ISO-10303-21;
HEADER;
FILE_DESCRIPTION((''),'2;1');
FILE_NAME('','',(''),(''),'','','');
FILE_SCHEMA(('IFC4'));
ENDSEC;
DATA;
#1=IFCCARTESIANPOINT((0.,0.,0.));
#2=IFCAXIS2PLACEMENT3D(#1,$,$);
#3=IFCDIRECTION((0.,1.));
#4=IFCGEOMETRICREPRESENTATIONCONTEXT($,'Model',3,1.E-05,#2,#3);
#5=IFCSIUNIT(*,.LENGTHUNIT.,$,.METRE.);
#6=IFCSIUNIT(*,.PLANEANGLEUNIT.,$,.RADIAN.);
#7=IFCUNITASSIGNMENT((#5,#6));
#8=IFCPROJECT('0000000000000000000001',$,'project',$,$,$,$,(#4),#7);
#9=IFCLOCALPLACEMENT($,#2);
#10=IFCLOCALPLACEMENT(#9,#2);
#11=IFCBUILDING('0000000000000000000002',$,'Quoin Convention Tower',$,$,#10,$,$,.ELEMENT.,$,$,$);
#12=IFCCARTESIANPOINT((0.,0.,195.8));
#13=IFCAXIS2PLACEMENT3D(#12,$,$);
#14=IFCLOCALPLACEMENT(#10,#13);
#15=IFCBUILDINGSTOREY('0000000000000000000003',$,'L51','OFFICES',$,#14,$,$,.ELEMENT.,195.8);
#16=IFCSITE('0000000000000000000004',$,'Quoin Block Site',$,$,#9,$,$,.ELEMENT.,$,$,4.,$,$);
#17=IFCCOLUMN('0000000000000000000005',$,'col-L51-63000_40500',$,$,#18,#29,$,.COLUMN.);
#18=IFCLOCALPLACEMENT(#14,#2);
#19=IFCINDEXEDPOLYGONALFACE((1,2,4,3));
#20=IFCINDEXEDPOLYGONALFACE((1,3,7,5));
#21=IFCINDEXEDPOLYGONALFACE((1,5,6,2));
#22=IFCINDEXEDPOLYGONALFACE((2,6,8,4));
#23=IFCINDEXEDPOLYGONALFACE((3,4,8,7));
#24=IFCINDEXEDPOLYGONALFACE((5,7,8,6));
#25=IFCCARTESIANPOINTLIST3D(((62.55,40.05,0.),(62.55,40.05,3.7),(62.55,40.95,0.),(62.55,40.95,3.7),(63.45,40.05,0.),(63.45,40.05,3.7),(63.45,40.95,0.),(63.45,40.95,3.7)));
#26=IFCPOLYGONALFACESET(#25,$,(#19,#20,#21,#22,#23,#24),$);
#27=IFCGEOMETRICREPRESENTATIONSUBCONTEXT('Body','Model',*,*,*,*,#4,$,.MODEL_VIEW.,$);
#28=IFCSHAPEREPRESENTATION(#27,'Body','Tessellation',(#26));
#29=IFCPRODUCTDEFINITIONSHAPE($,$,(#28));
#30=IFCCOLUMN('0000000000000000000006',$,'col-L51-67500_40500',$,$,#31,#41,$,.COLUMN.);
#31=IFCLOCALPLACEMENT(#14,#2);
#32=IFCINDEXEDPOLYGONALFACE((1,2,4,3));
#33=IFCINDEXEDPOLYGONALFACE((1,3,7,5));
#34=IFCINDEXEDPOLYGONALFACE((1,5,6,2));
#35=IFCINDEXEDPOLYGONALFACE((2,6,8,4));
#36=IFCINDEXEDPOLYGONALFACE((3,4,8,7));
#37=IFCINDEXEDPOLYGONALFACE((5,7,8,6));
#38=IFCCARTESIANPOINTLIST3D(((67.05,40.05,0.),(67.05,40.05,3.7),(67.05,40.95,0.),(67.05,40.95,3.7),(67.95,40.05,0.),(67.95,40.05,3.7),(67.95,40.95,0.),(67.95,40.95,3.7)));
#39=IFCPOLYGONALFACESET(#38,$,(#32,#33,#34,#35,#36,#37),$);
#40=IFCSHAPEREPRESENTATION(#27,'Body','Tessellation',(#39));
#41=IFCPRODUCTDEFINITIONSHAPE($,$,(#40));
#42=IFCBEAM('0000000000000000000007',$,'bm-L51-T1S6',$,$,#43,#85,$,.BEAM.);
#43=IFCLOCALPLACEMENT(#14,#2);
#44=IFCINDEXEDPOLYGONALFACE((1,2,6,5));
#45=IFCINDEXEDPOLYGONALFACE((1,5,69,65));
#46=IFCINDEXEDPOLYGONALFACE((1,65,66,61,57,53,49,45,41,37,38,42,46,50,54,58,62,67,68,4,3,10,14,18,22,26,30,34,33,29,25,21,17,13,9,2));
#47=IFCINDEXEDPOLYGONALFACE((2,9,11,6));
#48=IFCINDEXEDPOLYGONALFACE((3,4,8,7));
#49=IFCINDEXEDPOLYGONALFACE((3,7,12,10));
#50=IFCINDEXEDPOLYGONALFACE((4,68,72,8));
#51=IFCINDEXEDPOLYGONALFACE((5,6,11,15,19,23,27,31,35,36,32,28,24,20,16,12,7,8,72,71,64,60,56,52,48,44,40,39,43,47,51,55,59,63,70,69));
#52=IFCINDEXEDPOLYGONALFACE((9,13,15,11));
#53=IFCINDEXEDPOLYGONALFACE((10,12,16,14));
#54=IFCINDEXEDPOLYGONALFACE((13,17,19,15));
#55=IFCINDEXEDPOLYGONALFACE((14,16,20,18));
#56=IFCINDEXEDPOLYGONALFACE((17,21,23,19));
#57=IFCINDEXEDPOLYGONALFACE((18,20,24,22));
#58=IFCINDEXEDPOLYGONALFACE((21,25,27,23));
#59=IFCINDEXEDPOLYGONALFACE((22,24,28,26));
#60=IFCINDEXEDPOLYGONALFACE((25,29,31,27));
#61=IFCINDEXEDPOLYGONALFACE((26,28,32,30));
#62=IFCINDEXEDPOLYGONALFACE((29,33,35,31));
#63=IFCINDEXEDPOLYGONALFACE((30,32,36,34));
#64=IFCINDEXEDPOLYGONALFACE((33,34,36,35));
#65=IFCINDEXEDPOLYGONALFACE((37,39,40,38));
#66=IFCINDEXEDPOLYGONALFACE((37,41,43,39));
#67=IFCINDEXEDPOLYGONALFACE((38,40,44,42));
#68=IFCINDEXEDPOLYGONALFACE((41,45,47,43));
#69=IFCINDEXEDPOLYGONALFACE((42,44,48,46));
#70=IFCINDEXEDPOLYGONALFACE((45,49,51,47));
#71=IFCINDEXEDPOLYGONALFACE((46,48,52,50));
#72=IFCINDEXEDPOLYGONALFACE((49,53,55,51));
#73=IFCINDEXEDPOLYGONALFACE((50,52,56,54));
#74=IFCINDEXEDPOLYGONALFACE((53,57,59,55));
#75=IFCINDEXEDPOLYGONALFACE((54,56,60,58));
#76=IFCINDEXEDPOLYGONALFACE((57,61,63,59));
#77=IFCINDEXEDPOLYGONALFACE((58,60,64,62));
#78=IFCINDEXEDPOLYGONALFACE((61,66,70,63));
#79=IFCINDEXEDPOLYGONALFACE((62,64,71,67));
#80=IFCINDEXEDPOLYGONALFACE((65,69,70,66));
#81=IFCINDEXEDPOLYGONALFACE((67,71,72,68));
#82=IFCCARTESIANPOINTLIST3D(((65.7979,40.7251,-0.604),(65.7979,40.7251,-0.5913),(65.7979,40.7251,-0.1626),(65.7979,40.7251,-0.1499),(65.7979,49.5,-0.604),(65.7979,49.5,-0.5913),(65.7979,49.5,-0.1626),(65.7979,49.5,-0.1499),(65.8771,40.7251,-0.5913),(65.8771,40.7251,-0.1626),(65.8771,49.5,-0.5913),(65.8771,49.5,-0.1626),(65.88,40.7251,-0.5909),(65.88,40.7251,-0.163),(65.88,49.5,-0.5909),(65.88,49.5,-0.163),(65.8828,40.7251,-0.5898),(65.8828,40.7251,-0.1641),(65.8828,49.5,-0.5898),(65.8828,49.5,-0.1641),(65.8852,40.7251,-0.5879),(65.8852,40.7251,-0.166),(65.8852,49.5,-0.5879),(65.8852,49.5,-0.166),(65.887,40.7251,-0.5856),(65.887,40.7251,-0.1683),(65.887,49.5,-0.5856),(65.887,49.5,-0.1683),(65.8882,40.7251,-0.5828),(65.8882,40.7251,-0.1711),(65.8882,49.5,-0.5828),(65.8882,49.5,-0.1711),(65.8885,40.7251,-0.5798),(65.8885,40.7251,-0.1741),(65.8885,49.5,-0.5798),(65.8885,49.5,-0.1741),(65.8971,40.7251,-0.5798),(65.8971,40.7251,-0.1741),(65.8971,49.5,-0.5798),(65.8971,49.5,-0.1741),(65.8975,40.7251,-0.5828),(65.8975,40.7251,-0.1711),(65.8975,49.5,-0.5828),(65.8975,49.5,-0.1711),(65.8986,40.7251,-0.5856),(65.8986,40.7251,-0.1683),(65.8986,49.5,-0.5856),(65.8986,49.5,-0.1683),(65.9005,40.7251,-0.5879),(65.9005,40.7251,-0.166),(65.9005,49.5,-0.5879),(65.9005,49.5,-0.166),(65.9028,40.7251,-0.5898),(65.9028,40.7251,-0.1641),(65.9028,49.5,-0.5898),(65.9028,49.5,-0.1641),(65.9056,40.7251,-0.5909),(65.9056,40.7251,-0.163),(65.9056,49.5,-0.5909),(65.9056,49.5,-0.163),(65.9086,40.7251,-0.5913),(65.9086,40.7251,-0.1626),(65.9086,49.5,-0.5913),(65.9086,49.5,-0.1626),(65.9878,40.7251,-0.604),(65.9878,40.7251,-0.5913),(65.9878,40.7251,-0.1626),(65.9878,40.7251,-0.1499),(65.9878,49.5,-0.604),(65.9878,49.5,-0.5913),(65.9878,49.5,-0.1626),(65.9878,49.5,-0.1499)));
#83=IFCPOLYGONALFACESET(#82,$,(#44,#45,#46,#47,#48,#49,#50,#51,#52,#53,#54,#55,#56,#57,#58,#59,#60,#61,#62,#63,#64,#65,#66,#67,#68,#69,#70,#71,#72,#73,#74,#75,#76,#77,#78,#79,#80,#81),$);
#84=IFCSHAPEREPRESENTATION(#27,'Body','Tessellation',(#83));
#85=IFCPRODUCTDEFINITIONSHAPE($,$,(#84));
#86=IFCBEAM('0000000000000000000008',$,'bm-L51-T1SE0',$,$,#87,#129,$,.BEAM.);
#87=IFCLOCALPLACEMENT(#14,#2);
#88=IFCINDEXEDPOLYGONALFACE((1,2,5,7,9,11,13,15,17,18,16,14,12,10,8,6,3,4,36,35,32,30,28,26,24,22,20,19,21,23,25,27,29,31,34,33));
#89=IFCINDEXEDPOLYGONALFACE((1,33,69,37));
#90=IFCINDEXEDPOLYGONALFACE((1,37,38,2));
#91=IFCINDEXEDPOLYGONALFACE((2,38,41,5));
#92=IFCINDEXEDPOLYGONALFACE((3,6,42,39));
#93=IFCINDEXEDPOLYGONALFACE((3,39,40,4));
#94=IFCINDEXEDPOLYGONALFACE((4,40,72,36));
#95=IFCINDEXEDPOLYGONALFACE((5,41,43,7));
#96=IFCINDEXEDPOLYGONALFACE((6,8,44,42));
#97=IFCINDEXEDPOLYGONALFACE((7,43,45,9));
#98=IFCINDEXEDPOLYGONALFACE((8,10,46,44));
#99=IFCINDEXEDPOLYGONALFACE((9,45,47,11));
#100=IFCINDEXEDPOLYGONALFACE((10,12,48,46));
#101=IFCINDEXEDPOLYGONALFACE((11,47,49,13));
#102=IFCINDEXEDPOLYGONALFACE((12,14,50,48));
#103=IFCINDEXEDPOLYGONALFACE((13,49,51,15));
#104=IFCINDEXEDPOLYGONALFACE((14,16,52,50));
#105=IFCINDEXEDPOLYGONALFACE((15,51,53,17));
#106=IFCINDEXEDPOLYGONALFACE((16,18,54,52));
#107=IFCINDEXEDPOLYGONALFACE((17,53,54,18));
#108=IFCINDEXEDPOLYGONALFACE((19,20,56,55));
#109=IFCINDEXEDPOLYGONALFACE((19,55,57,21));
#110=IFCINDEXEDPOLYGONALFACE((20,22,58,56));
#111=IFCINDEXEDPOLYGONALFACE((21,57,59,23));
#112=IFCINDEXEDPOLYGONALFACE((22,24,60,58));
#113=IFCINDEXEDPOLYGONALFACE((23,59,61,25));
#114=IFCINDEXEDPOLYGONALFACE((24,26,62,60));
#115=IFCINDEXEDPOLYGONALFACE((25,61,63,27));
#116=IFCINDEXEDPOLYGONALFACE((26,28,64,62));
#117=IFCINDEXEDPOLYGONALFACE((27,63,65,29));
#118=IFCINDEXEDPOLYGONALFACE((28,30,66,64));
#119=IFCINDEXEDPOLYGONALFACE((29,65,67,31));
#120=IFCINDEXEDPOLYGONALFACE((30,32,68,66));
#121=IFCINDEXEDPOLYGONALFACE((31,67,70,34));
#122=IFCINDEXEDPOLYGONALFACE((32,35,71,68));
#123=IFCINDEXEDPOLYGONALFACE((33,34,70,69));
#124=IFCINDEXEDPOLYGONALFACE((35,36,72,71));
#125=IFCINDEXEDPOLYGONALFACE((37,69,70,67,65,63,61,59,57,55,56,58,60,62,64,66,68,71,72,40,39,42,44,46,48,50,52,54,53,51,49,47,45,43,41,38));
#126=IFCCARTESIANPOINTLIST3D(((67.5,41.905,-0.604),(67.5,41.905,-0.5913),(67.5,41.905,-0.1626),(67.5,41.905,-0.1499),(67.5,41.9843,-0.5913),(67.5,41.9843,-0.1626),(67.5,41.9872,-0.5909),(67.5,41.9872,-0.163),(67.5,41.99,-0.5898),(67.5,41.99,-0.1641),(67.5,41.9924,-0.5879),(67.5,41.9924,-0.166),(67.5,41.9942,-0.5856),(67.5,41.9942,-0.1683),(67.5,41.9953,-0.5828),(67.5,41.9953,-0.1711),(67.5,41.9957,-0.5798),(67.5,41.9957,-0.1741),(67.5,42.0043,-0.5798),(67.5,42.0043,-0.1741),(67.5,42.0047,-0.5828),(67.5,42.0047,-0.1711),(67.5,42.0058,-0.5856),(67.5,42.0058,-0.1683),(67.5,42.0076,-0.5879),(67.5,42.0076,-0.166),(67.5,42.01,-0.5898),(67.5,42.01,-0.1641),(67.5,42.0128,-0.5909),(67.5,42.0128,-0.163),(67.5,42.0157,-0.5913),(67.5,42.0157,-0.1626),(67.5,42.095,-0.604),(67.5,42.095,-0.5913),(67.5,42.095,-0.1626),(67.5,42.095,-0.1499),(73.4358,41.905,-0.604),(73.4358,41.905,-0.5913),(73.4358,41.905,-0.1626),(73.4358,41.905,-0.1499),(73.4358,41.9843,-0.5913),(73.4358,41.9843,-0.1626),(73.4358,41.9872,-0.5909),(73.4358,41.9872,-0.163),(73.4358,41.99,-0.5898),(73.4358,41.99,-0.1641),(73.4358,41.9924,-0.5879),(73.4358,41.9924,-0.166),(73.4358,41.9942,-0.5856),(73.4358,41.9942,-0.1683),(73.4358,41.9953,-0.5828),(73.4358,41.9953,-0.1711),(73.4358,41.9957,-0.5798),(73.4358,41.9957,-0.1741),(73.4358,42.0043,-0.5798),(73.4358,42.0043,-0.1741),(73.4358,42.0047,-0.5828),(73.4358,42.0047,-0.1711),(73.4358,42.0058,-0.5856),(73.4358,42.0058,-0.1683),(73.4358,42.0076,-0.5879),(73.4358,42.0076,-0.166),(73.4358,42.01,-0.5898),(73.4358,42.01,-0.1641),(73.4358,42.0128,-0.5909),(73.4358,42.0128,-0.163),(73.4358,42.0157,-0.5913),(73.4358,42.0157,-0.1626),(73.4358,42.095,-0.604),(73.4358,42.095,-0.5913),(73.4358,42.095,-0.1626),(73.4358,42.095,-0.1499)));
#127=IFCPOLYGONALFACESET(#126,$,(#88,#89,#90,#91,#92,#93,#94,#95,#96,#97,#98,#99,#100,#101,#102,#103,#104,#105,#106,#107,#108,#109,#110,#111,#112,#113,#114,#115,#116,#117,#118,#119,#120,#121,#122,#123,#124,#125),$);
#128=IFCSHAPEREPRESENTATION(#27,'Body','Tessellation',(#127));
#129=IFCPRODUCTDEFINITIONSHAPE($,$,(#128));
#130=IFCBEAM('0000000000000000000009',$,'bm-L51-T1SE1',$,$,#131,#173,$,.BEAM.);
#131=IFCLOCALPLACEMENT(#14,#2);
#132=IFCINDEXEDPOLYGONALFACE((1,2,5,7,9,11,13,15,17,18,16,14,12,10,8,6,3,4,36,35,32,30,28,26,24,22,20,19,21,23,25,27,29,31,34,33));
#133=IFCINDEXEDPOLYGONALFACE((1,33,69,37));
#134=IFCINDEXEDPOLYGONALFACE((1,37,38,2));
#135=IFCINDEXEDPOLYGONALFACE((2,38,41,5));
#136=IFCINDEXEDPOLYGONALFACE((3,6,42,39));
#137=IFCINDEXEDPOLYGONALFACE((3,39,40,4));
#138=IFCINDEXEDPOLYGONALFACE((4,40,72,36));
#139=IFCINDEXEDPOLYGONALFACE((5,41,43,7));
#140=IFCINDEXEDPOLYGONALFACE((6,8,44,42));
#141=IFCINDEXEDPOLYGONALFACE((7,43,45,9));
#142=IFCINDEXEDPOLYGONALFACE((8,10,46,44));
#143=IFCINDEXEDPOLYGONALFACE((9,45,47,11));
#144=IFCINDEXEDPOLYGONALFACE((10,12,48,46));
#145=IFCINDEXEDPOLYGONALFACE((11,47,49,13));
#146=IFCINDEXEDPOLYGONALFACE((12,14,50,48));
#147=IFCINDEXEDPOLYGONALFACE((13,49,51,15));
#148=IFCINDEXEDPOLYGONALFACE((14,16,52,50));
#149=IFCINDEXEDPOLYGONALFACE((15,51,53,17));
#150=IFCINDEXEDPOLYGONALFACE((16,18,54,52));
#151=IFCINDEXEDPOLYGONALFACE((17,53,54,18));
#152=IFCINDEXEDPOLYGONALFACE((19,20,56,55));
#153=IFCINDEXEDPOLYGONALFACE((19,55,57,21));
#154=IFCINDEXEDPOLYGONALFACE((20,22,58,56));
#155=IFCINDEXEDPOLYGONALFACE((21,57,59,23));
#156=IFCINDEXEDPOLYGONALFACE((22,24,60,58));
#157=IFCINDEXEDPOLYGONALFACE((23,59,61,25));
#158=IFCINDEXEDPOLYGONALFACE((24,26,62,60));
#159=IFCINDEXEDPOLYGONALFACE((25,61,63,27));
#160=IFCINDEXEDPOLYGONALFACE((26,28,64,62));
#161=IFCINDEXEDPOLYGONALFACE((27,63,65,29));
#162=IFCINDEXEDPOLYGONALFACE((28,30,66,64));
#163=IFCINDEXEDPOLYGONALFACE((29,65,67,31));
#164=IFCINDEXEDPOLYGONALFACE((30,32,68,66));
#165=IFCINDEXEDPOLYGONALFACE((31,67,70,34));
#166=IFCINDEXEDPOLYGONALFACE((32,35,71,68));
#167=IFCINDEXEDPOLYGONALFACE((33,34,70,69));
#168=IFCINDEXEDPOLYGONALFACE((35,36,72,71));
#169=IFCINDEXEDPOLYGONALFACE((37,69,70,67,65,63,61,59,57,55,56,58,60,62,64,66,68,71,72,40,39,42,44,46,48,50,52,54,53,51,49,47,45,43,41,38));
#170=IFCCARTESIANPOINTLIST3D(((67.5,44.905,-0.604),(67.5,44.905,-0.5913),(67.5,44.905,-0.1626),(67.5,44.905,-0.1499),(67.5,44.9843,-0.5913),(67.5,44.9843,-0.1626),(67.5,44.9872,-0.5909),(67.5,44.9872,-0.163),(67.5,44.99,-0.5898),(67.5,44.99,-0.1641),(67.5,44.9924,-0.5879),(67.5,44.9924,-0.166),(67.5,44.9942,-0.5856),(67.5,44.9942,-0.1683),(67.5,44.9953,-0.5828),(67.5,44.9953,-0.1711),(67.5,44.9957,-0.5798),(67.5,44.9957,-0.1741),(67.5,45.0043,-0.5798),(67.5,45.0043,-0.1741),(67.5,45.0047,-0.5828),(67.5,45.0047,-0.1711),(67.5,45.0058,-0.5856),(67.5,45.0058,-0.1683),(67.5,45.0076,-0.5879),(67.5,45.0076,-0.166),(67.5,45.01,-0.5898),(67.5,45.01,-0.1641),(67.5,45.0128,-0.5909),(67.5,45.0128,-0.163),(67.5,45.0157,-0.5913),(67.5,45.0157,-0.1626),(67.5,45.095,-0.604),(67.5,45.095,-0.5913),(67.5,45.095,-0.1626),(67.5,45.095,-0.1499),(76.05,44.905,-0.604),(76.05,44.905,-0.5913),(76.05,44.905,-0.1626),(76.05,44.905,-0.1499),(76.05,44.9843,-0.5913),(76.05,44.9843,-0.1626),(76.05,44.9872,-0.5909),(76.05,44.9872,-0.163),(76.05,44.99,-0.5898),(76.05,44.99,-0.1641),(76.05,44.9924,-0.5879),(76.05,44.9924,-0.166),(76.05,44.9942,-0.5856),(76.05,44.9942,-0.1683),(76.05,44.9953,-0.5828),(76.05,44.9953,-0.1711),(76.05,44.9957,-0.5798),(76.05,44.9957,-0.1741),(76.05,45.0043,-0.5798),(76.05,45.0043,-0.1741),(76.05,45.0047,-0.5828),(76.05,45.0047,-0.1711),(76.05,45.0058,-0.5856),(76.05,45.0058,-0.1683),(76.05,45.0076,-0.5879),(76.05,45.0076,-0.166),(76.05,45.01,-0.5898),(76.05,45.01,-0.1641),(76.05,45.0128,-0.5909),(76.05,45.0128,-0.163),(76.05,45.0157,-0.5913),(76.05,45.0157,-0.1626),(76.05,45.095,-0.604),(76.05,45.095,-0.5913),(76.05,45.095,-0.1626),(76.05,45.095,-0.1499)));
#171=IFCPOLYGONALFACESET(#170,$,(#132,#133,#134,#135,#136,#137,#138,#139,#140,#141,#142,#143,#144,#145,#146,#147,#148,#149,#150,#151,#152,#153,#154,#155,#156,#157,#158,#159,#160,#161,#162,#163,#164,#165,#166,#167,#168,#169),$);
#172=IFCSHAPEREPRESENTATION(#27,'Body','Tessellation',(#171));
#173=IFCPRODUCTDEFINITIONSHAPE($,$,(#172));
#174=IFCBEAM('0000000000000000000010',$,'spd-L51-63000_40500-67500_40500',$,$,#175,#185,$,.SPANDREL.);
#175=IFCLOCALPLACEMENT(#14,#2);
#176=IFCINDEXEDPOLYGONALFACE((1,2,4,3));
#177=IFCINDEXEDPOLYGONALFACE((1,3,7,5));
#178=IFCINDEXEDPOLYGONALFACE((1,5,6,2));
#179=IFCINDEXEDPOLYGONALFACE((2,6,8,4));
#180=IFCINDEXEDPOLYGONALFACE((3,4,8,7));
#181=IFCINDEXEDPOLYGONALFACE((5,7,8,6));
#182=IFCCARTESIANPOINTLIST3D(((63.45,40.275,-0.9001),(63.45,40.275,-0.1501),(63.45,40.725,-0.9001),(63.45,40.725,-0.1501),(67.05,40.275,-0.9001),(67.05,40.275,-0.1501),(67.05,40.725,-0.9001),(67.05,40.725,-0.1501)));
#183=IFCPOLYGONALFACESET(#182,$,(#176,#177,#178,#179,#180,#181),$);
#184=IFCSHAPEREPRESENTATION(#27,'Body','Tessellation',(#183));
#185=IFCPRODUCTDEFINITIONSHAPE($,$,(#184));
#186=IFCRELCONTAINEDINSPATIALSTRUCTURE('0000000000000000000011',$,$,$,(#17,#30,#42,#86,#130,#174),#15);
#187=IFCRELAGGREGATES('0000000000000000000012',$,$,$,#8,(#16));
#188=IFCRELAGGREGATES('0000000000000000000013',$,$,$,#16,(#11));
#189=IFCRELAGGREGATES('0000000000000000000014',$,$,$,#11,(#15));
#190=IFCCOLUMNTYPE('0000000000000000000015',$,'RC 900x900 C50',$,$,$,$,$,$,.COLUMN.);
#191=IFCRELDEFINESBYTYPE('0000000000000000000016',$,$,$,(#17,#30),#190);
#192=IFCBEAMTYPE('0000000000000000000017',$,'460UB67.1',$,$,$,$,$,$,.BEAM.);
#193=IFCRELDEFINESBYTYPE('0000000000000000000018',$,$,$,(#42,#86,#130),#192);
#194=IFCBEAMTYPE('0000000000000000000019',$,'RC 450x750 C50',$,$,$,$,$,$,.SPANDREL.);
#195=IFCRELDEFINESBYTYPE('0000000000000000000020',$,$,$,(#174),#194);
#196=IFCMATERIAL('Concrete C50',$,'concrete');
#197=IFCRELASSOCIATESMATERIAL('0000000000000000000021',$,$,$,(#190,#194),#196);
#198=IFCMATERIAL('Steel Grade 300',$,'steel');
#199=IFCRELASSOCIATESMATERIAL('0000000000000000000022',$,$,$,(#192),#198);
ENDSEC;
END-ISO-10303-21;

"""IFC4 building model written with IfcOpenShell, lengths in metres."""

from ifc_helpers import new_model, si_unit, direction, frame, origin, origin_2d, place, context, subcontext, project, spatial, rectangle, i_section, extrude, material, material_profile, profile_set, type_object, element, save


model = new_model("IFC4")

# Units and contexts
model_context = context("Model", 3, precision=1e-05, world=origin(), true_north=direction((0.0, 1.0)))
body_context = subcontext(model_context, "Body", "Model", "MODEL_VIEW")
ifc_project = project(units=[si_unit("LENGTHUNIT", "METRE"), si_unit("PLANEANGLEUNIT", "RADIAN")], contexts=[model_context])

# Site, building, storey
site_placement = place(None, origin())
site = spatial("IfcSite", under=ifc_project, at=site_placement, Name="Quoin Block Site", CompositionType="ELEMENT", RefElevation=4.0)
building_placement = place(site_placement, origin())
building = spatial("IfcBuilding", under=site, at=building_placement, Name="Quoin Convention Tower", CompositionType="ELEMENT")
storey_placement = place(building_placement, frame((0.0, 0.0, 195.8)))
storey = spatial("IfcBuildingStorey", under=building, at=storey_placement, Name="L51", Description="OFFICES", CompositionType="ELEMENT", Elevation=195.8)

# Columns
ifc_material_1 = material(Name="Concrete C50", Category="concrete")
ifc_material_profile_1 = material_profile(ifc_material_1, rectangle(XDim=0.8999, YDim=0.8999, at=origin_2d()), Name="RC 900x900")
ifc_profile_set_1 = profile_set([ifc_material_profile_1], Name="Concrete C50")
column_type = type_object("IfcColumnType", Name="RC 900x900 C50", PredefinedType="COLUMN", material=ifc_profile_set_1)
for number, where, z_axis, x_axis, name in (
    (1, (63.0, 40.5, 0.0), (0.0, 0.0, 1.0), (1.0, 0.0, 0.0), "col-L51-63000_40500"),
    (2, (67.5, 40.5, 0.0), (0.0, 0.0, 1.0), (1.0, 0.0, 0.0), "col-L51-67500_40500"),
):
    element("IfcColumn", number, at=place(storey_placement, frame(where, z_axis=z_axis, x_axis=x_axis)), inside=storey, type_object=column_type, Name=name, PredefinedType="COLUMN", context=body_context, shape_type="SweptSolid", body=[
        extrude(rectangle(XDim=0.8999, YDim=0.8999, at=origin_2d()), origin(), (0.0, 0.0, 1.0), 3.7),
    ])

# Beams
ifc_material_2 = material(Name="Steel Grade 300", Category="steel")
ifc_material_profile_2 = material_profile(ifc_material_2, i_section(OverallWidth=0.1899, OverallDepth=0.4541, WebThickness=0.0085, FlangeThickness=0.0127, FilletRadius=0.0115, at=origin_2d()), Name="460UB67.1")
ifc_profile_set_2 = profile_set([ifc_material_profile_2], Name="Steel Grade 300")
beam_type_1 = type_object("IfcBeamType", Name="460UB67.1", PredefinedType="BEAM", material=ifc_profile_set_2)
beam_1_placement = place(storey_placement, frame((65.8928, 40.7251, -0.377), z_axis=(0.0, 1.0, 0.0), x_axis=(-1.0, 0.0, 0.0)))
element("IfcBeam", 3, at=beam_1_placement, inside=storey, type_object=beam_type_1, Name="bm-L51-T1S6", PredefinedType="BEAM", context=body_context, shape_type="SweptSolid", body=[
    extrude(i_section(OverallWidth=0.1899, OverallDepth=0.4541, WebThickness=0.0085, FlangeThickness=0.0127, FilletRadius=0.0115, at=origin_2d()), origin(), (0.0, 0.0, 1.0), 8.7749),
])
beam_2_placement = place(storey_placement, frame((67.5, 42.0, -0.377), z_axis=(1.0, 0.0, 0.0), x_axis=(0.0, 1.0, 0.0)))
element("IfcBeam", 4, at=beam_2_placement, inside=storey, type_object=beam_type_1, Name="bm-L51-T1SE0", PredefinedType="BEAM", context=body_context, shape_type="SweptSolid", body=[
    extrude(i_section(OverallWidth=0.1899, OverallDepth=0.4541, WebThickness=0.0085, FlangeThickness=0.0127, FilletRadius=0.0115, at=origin_2d()), origin(), (0.0, 0.0, 1.0), 5.9358),
])
beam_3_placement = place(storey_placement, frame((67.5, 45.0, -0.377), z_axis=(1.0, 0.0, 0.0), x_axis=(0.0, 1.0, 0.0)))
element("IfcBeam", 5, at=beam_3_placement, inside=storey, type_object=beam_type_1, Name="bm-L51-T1SE1", PredefinedType="BEAM", context=body_context, shape_type="SweptSolid", body=[
    extrude(i_section(OverallWidth=0.1899, OverallDepth=0.4541, WebThickness=0.0085, FlangeThickness=0.0127, FilletRadius=0.0115, at=origin_2d()), origin(), (0.0, 0.0, 1.0), 8.55),
])
ifc_material_profile_3 = material_profile(ifc_material_1, rectangle(XDim=0.45, YDim=0.75, at=origin_2d()), Name="RC 450x750")
ifc_profile_set_3 = profile_set([ifc_material_profile_3], Name="Concrete C50")
beam_type_2 = type_object("IfcBeamType", Name="RC 450x750 C50", PredefinedType="SPANDREL", material=ifc_profile_set_3)
beam_4_placement = place(storey_placement, frame((63.45, 40.5, -0.5251), z_axis=(1.0, 0.0, 0.0), x_axis=(0.0, 1.0, 0.0)))
element("IfcBeam", 6, at=beam_4_placement, inside=storey, type_object=beam_type_2, Name="spd-L51-63000_40500-67500_40500", PredefinedType="SPANDREL", context=body_context, shape_type="SweptSolid", body=[
    extrude(rectangle(XDim=0.45, YDim=0.75, at=origin_2d()), origin(), (0.0, 0.0, 1.0), 3.6001),
])

save(model, "model.ifc")
